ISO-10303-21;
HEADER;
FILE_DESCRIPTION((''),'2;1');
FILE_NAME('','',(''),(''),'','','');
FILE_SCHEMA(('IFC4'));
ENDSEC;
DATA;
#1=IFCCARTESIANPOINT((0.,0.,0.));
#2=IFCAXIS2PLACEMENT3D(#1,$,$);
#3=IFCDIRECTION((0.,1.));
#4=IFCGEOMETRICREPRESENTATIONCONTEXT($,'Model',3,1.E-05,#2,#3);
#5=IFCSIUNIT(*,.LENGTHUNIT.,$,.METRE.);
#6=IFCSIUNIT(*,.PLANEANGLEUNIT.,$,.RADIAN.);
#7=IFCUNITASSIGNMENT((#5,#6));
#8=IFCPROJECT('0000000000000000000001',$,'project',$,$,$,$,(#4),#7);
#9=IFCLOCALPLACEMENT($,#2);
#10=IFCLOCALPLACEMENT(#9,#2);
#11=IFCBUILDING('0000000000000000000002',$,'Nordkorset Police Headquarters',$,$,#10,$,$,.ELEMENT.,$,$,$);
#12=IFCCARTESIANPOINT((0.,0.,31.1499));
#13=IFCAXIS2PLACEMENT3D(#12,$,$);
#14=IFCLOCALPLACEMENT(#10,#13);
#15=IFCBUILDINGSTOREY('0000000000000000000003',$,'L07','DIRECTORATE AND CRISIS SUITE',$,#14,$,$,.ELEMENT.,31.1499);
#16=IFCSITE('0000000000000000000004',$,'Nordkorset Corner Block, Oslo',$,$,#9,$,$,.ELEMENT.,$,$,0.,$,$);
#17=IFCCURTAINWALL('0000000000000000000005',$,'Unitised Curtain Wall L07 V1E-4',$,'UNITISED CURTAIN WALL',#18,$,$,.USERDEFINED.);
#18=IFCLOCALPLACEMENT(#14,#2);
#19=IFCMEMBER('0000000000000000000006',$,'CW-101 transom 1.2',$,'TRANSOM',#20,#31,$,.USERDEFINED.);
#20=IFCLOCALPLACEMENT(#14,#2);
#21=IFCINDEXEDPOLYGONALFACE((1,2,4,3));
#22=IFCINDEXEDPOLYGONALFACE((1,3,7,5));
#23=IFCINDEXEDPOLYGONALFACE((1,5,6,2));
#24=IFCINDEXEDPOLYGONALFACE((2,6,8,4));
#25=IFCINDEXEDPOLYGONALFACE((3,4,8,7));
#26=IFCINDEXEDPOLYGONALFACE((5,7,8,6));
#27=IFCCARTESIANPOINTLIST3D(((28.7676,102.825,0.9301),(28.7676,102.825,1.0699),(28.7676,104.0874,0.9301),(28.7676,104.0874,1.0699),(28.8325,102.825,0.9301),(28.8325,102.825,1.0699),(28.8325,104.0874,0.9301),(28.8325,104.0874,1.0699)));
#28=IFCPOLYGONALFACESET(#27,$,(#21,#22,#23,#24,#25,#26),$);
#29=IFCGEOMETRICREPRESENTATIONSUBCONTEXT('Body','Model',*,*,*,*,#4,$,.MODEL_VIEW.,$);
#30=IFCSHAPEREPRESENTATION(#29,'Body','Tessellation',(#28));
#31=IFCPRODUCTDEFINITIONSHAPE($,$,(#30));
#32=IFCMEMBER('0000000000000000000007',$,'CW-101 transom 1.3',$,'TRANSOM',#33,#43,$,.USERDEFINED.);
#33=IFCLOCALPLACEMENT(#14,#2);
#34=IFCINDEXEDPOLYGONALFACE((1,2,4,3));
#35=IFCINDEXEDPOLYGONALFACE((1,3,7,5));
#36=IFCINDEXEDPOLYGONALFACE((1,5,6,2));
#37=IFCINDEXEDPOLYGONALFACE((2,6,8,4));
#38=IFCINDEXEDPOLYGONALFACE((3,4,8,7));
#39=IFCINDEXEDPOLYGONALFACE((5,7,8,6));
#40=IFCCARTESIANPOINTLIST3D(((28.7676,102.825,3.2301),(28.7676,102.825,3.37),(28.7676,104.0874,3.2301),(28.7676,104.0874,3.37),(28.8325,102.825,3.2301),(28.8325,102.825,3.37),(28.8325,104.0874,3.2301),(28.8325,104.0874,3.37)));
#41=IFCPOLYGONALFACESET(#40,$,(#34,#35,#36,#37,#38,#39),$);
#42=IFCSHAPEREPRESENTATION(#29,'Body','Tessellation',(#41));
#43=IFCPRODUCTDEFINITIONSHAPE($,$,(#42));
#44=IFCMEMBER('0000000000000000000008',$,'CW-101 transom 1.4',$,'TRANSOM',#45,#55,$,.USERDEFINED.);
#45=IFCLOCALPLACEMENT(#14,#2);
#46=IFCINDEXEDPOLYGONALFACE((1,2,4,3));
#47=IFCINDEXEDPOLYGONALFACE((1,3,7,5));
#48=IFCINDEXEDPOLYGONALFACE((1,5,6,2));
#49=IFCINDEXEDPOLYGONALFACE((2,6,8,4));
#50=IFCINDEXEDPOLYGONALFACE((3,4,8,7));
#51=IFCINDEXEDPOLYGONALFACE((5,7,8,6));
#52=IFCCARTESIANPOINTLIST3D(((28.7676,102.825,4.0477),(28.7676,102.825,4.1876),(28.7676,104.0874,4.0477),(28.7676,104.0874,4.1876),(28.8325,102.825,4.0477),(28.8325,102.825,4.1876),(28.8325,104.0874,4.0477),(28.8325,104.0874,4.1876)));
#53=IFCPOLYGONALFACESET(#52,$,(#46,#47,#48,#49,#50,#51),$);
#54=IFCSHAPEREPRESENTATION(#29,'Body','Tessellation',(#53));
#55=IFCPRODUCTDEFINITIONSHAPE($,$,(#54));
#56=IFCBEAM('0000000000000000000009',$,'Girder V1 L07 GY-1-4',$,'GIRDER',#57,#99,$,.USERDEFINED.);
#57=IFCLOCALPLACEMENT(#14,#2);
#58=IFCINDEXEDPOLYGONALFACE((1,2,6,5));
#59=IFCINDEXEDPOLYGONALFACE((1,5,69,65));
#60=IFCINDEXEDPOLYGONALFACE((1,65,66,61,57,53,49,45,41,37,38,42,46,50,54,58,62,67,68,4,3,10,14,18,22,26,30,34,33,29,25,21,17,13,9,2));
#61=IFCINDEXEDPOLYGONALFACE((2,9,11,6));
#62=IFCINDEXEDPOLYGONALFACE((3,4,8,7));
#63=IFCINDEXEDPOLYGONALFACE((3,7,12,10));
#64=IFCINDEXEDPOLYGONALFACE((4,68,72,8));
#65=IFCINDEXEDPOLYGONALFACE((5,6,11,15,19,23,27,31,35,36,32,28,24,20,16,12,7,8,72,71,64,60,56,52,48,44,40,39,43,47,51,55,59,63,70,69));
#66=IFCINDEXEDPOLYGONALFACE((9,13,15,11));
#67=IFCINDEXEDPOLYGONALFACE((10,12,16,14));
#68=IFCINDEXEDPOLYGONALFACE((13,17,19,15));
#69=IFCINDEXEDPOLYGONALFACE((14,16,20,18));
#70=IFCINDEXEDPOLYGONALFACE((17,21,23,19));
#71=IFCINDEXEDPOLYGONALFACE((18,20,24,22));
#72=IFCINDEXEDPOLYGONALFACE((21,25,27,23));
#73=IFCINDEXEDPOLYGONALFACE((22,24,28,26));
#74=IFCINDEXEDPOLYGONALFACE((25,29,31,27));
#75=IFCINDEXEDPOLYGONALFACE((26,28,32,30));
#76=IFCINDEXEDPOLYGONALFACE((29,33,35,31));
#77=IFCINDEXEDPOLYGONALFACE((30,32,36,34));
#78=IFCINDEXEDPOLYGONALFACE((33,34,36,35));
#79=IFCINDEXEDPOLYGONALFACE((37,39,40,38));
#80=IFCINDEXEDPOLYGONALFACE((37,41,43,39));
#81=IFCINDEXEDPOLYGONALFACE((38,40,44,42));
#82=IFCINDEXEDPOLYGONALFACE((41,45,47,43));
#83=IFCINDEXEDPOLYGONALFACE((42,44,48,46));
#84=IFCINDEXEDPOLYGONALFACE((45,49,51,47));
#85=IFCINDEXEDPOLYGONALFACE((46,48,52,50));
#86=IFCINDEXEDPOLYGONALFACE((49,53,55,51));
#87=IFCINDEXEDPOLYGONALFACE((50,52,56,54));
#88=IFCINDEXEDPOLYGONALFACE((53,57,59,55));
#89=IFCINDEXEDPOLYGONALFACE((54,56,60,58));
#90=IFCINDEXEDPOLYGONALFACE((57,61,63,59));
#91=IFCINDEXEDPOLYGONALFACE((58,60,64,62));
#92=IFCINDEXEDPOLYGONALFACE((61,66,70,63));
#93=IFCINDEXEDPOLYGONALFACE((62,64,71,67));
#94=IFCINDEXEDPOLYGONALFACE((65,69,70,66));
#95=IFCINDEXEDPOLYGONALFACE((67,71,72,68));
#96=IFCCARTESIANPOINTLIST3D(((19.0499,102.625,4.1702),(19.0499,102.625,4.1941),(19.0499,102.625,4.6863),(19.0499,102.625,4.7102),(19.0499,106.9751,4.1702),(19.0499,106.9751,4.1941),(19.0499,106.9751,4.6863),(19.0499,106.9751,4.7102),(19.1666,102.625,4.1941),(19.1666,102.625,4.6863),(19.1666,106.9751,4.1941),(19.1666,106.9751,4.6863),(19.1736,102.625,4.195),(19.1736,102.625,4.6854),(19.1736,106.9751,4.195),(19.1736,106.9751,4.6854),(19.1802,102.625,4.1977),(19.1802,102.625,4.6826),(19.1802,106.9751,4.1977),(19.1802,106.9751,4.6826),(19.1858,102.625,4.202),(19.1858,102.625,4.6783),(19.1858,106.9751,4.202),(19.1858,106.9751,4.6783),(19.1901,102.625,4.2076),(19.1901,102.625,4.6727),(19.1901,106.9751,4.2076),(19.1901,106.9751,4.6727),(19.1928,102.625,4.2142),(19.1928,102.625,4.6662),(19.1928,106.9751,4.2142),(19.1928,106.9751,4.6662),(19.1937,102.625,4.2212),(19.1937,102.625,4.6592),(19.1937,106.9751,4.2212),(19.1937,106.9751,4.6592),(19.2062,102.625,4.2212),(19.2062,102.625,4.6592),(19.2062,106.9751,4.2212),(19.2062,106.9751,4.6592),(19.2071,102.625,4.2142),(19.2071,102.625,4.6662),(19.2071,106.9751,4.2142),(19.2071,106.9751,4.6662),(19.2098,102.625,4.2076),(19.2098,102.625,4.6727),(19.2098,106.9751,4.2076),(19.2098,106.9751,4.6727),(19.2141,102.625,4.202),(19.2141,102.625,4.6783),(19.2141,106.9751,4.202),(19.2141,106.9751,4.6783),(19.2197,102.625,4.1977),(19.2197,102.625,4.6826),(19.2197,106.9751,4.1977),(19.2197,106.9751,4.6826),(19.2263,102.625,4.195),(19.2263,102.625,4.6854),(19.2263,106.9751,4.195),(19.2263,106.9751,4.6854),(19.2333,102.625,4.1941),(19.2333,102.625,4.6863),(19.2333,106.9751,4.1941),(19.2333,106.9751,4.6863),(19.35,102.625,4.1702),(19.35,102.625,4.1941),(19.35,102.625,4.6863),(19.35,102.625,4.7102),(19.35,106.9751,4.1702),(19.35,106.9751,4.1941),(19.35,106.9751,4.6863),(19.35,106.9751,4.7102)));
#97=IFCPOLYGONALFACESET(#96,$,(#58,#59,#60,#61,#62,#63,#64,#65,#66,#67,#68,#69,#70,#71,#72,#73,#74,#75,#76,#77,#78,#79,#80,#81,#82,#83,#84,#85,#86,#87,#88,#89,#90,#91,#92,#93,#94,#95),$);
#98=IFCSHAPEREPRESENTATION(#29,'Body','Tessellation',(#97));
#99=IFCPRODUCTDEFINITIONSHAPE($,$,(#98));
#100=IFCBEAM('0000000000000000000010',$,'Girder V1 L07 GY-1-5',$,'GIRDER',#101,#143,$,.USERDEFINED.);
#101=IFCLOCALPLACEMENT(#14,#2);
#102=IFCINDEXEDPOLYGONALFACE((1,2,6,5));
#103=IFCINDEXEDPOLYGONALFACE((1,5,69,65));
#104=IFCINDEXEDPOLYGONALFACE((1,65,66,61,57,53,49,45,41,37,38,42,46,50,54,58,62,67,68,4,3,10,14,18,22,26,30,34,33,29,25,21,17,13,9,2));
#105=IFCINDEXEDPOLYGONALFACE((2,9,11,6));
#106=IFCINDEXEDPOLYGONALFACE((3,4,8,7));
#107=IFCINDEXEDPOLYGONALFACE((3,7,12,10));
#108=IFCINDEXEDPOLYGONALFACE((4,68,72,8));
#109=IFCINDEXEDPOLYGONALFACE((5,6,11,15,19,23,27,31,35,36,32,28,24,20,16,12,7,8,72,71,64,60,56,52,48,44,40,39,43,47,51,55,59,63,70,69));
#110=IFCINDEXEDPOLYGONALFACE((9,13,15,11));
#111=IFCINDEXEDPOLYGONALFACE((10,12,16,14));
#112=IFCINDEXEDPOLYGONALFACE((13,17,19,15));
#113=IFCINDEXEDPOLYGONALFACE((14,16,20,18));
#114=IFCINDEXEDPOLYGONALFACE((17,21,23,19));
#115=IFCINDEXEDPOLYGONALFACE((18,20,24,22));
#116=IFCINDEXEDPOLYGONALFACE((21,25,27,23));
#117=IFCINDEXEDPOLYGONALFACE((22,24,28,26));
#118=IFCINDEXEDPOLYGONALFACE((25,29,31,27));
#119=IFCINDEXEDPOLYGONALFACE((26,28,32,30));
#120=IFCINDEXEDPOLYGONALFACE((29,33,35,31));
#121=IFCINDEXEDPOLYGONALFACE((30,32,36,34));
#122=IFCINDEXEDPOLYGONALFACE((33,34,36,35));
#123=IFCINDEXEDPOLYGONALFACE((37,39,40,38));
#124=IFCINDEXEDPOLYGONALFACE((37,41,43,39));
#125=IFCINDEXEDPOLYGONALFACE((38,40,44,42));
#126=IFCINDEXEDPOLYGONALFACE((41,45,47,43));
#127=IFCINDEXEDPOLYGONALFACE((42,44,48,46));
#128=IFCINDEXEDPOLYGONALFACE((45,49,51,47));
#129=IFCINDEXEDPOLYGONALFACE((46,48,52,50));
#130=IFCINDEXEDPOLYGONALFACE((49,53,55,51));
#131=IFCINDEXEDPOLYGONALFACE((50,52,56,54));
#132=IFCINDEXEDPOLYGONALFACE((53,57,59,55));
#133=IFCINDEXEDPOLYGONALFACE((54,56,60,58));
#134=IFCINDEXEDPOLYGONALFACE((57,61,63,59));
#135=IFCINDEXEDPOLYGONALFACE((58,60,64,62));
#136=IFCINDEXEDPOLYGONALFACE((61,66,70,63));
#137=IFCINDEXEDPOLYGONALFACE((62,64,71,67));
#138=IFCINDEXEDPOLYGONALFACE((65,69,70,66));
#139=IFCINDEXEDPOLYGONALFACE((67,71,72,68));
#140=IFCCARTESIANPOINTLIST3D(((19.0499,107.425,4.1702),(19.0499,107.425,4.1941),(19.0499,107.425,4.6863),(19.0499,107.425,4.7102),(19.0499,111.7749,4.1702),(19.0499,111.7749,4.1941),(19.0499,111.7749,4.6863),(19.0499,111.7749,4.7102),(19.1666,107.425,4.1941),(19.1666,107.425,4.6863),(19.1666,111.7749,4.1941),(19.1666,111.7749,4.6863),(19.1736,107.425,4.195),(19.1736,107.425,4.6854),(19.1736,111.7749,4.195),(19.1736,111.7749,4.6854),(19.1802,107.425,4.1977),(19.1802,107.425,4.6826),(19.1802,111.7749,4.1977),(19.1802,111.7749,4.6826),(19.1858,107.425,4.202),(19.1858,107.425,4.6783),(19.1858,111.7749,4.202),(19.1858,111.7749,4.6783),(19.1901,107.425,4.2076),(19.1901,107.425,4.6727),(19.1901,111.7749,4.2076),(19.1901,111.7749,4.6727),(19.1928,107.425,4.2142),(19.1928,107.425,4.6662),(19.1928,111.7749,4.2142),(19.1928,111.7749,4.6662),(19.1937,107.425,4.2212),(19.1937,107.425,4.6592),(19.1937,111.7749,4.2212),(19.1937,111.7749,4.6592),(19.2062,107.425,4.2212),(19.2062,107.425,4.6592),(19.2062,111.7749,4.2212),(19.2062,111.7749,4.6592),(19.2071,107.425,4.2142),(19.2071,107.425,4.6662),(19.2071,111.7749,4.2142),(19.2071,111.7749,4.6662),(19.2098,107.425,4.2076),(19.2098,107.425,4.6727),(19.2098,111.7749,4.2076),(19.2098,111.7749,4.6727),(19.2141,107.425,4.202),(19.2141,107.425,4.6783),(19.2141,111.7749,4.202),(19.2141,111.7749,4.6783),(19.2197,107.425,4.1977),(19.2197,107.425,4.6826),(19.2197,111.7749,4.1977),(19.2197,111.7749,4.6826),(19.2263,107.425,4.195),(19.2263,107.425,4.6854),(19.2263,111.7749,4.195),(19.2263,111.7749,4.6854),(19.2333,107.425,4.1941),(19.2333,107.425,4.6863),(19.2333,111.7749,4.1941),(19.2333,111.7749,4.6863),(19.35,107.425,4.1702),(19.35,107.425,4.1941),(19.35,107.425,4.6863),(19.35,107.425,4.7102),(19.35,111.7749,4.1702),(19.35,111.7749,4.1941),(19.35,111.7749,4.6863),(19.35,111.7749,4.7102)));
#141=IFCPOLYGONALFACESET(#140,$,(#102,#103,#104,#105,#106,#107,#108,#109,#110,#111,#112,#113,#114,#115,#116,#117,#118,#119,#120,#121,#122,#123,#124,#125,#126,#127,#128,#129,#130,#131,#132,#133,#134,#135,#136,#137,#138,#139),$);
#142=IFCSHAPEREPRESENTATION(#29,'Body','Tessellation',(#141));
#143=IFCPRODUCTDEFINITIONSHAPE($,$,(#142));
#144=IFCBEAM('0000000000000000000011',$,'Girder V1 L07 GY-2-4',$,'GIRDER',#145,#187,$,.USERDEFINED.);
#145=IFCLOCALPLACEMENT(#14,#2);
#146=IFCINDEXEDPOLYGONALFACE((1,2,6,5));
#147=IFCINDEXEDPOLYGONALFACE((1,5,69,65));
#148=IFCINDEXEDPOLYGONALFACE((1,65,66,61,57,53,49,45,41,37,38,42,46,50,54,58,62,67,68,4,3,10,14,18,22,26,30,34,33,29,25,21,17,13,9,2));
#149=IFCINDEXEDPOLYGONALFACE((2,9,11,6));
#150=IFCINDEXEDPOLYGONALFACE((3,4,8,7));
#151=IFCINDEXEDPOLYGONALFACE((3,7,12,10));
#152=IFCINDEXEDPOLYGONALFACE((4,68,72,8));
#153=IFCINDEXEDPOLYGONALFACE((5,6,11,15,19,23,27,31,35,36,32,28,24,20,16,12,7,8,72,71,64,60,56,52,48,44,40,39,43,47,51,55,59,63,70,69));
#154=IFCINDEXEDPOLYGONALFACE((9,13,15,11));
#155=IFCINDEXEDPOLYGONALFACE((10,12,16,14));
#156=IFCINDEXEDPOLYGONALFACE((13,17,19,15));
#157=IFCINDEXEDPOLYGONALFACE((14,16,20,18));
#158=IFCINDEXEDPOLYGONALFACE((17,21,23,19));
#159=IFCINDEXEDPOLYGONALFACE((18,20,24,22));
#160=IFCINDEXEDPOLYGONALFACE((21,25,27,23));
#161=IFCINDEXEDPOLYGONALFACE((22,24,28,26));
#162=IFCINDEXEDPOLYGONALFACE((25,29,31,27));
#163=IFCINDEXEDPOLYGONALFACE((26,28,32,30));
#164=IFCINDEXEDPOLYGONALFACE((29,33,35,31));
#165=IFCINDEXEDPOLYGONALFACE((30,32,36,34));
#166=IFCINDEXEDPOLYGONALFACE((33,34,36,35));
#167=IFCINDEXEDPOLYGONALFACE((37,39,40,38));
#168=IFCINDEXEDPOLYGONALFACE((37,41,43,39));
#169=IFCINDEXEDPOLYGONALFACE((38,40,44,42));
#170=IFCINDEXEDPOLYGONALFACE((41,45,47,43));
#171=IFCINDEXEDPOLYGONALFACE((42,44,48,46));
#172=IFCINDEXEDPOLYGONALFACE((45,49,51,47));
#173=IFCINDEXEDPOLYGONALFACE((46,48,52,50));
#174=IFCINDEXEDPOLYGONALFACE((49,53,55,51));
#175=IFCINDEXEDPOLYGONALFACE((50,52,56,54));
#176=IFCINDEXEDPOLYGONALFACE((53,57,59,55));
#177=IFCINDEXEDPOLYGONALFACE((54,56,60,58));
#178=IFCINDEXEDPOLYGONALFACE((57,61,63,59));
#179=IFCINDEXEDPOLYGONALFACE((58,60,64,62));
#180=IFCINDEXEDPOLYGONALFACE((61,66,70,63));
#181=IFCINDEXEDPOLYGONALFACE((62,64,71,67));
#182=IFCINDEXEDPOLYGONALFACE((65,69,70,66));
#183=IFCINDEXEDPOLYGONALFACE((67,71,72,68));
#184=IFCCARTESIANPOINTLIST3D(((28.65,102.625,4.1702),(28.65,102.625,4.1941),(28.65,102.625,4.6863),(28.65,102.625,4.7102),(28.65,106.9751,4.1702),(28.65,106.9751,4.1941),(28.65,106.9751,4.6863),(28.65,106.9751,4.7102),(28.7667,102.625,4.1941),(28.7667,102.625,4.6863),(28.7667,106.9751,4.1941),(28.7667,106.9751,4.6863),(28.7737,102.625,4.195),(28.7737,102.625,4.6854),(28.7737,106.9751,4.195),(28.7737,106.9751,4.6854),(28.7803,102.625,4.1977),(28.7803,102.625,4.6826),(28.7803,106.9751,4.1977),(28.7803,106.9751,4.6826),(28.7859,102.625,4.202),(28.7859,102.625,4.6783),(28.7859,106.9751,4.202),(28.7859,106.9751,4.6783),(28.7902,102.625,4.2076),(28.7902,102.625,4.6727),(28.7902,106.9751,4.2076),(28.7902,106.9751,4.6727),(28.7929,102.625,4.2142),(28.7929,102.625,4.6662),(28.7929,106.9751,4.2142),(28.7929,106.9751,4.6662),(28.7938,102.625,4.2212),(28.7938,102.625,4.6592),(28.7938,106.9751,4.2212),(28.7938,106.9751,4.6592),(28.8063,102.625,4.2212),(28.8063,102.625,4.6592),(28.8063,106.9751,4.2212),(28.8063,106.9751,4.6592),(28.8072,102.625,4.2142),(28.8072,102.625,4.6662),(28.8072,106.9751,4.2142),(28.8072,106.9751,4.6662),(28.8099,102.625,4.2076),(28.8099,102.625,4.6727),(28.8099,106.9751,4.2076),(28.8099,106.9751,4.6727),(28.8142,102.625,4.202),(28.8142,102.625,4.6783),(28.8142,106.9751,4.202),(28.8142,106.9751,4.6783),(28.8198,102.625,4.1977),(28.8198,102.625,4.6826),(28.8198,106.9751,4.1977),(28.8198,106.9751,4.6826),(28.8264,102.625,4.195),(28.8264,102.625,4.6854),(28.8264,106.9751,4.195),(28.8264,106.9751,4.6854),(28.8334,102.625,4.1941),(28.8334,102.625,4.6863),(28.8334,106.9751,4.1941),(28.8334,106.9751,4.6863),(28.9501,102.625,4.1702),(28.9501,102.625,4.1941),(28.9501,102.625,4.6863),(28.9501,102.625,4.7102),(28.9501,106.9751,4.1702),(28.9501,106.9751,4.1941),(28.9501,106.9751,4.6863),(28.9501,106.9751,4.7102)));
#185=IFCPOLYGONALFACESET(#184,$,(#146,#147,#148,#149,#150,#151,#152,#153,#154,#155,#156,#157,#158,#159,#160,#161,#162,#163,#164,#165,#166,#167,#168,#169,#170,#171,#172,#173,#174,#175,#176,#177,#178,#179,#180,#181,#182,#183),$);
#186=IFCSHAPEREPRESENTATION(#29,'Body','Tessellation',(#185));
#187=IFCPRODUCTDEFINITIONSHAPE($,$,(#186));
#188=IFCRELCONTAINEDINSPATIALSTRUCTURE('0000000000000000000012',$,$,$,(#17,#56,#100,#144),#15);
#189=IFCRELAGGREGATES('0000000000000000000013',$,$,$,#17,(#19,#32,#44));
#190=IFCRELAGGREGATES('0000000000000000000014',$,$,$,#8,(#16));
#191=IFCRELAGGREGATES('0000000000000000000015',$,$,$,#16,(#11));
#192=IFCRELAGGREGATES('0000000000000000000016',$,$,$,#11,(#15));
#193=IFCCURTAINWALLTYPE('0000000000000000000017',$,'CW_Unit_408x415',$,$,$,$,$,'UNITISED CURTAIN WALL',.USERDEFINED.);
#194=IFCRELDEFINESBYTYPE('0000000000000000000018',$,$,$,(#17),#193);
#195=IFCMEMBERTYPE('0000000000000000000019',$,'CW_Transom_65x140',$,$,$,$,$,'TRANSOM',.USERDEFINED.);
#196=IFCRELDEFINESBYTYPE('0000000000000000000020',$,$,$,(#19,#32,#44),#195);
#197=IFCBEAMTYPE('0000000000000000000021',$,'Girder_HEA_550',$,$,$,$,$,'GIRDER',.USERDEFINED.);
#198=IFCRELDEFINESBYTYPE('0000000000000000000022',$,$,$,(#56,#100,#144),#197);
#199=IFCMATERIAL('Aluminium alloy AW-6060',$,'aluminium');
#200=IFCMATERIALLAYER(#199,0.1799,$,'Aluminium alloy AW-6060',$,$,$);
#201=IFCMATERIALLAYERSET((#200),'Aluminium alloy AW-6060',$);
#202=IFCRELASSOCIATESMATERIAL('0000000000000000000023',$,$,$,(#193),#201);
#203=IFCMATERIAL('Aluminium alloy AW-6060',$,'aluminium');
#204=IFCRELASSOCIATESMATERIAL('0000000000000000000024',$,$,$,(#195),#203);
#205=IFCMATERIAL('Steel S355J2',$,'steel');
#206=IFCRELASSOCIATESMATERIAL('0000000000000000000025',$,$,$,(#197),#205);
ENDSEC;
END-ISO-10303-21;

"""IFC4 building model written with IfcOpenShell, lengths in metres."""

from ifc_helpers import new_model, si_unit, direction, frame, origin, origin_2d, place, context, subcontext, project, spatial, rectangle, i_section, extrude, material, layer, layer_set, material_profile, profile_set, type_object, element, aggregate, save


model = new_model("IFC4")

# Units and contexts
model_context = context("Model", 3, precision=1e-05, world=origin(), true_north=direction((0.0, 1.0)))
body_context = subcontext(model_context, "Body", "Model", "MODEL_VIEW")
ifc_project = project(units=[si_unit("LENGTHUNIT", "METRE"), si_unit("PLANEANGLEUNIT", "RADIAN")], contexts=[model_context])

# Site, building, storey
site_placement = place(None, origin())
site = spatial("IfcSite", under=ifc_project, at=site_placement, Name="Nordkorset Corner Block, Oslo", CompositionType="ELEMENT", RefElevation=0.0)
building_placement = place(site_placement, origin())
building = spatial("IfcBuilding", under=site, at=building_placement, Name="Nordkorset Police Headquarters", CompositionType="ELEMENT")
storey_placement = place(building_placement, frame((0.0, 0.0, 31.1499)))
storey = spatial("IfcBuildingStorey", under=building, at=storey_placement, Name="L07", Description="DIRECTORATE AND CRISIS SUITE", CompositionType="ELEMENT", Elevation=31.1499)

# Shared definitions
ifc_material_1 = material(Name="Aluminium alloy AW-6060", Category="aluminium")
ifc_layer_1 = layer(ifc_material_1, 0.1799, Name="Aluminium alloy AW-6060")
ifc_layer_set_1 = layer_set([ifc_layer_1], Name="Aluminium alloy AW-6060")
curtain_wall_type = type_object("IfcCurtainWallType", Name="CW_Unit_408x415", ElementType="UNITISED CURTAIN WALL", PredefinedType="USERDEFINED", material=ifc_layer_set_1)

# Curtain wall, members
curtain_wall_1_placement = place(storey_placement, origin())
curtain_wall_1 = element("IfcCurtainWall", 1, at=curtain_wall_1_placement, inside=storey, type_object=curtain_wall_type, Name="Unitised Curtain Wall L07 V1E-4", ObjectType="UNITISED CURTAIN WALL", PredefinedType="USERDEFINED")
ifc_material_2 = material(Name="Aluminium alloy AW-6060", Category="aluminium")
ifc_material_profile_1 = material_profile(ifc_material_2, rectangle(XDim=0.0649, YDim=0.1399, at=origin_2d()), Name="ALU TRAN 65x140")
ifc_profile_set_1 = profile_set([ifc_material_profile_1], Name="Aluminium alloy AW-6060")
member_type_1 = type_object("IfcMemberType", Name="CW_Transom_65x140", ElementType="TRANSOM", PredefinedType="USERDEFINED", material=ifc_profile_set_1)
member_1_placement = place(storey_placement, frame((28.8, 102.825, 1.0), z_axis=(0.0, 1.0, 0.0), x_axis=(-1.0, 0.0, 0.0)))
member_1 = element("IfcMember", 2, at=member_1_placement, type_object=member_type_1, Name="CW-101 transom 1.2", ObjectType="TRANSOM", PredefinedType="USERDEFINED", context=body_context, shape_type="SweptSolid", body=[
    extrude(rectangle(XDim=0.0649, YDim=0.1399, at=origin_2d()), origin(), (0.0, 0.0, 1.0), 1.2625),
])
member_2_placement = place(storey_placement, frame((28.8, 102.825, 3.3), z_axis=(0.0, 1.0, 0.0), x_axis=(-1.0, 0.0, 0.0)))
member_2 = element("IfcMember", 3, at=member_2_placement, type_object=member_type_1, Name="CW-101 transom 1.3", ObjectType="TRANSOM", PredefinedType="USERDEFINED", context=body_context, shape_type="SweptSolid", body=[
    extrude(rectangle(XDim=0.0649, YDim=0.1399, at=origin_2d()), origin(), (0.0, 0.0, 1.0), 1.2625),
])
member_3_placement = place(storey_placement, frame((28.8, 102.825, 4.1177), z_axis=(0.0, 1.0, 0.0), x_axis=(-1.0, 0.0, 0.0)))
member_3 = element("IfcMember", 4, at=member_3_placement, type_object=member_type_1, Name="CW-101 transom 1.4", ObjectType="TRANSOM", PredefinedType="USERDEFINED", context=body_context, shape_type="SweptSolid", body=[
    extrude(rectangle(XDim=0.0649, YDim=0.1399, at=origin_2d()), origin(), (0.0, 0.0, 1.0), 1.2625),
])

# Beams
ifc_material_3 = material(Name="Steel S355J2", Category="steel")
ifc_material_profile_2 = material_profile(ifc_material_3, i_section(OverallWidth=0.3, OverallDepth=0.54, WebThickness=0.0125, FlangeThickness=0.0239, FilletRadius=0.0271, at=origin_2d()), Name="HEA 550")
ifc_profile_set_2 = profile_set([ifc_material_profile_2], Name="Steel S355J2")
beam_type_1 = type_object("IfcBeamType", Name="Girder_HEA_550", ElementType="GIRDER", PredefinedType="USERDEFINED", material=ifc_profile_set_2)
beam_1_placement = place(storey_placement, frame((19.2, 102.625, 4.4402), z_axis=(0.0, 1.0, 0.0), x_axis=(-1.0, 0.0, 0.0)))
element("IfcBeam", 5, at=beam_1_placement, inside=storey, type_object=beam_type_1, Name="Girder V1 L07 GY-1-4", ObjectType="GIRDER", PredefinedType="USERDEFINED", context=body_context, shape_type="SweptSolid", body=[
    extrude(i_section(OverallWidth=0.3, OverallDepth=0.54, WebThickness=0.0125, FlangeThickness=0.0239, FilletRadius=0.0271, at=origin_2d()), origin(), (0.0, 0.0, 1.0), 4.3501),
])
beam_2_placement = place(storey_placement, frame((19.2, 107.425, 4.4402), z_axis=(0.0, 1.0, 0.0), x_axis=(-1.0, 0.0, 0.0)))
element("IfcBeam", 6, at=beam_2_placement, inside=storey, type_object=beam_type_1, Name="Girder V1 L07 GY-1-5", ObjectType="GIRDER", PredefinedType="USERDEFINED", context=body_context, shape_type="SweptSolid", body=[
    extrude(i_section(OverallWidth=0.3, OverallDepth=0.54, WebThickness=0.0125, FlangeThickness=0.0239, FilletRadius=0.0271, at=origin_2d()), origin(), (0.0, 0.0, 1.0), 4.3499),
])
beam_3_placement = place(storey_placement, frame((28.8, 102.625, 4.4402), z_axis=(0.0, 1.0, 0.0), x_axis=(-1.0, 0.0, 0.0)))
element("IfcBeam", 7, at=beam_3_placement, inside=storey, type_object=beam_type_1, Name="Girder V1 L07 GY-2-4", ObjectType="GIRDER", PredefinedType="USERDEFINED", context=body_context, shape_type="SweptSolid", body=[
    extrude(i_section(OverallWidth=0.3, OverallDepth=0.54, WebThickness=0.0125, FlangeThickness=0.0239, FilletRadius=0.0271, at=origin_2d()), origin(), (0.0, 0.0, 1.0), 4.3501),
])

aggregate(curtain_wall_1, [member_1, member_2, member_3])

save(model, "model.ifc")
